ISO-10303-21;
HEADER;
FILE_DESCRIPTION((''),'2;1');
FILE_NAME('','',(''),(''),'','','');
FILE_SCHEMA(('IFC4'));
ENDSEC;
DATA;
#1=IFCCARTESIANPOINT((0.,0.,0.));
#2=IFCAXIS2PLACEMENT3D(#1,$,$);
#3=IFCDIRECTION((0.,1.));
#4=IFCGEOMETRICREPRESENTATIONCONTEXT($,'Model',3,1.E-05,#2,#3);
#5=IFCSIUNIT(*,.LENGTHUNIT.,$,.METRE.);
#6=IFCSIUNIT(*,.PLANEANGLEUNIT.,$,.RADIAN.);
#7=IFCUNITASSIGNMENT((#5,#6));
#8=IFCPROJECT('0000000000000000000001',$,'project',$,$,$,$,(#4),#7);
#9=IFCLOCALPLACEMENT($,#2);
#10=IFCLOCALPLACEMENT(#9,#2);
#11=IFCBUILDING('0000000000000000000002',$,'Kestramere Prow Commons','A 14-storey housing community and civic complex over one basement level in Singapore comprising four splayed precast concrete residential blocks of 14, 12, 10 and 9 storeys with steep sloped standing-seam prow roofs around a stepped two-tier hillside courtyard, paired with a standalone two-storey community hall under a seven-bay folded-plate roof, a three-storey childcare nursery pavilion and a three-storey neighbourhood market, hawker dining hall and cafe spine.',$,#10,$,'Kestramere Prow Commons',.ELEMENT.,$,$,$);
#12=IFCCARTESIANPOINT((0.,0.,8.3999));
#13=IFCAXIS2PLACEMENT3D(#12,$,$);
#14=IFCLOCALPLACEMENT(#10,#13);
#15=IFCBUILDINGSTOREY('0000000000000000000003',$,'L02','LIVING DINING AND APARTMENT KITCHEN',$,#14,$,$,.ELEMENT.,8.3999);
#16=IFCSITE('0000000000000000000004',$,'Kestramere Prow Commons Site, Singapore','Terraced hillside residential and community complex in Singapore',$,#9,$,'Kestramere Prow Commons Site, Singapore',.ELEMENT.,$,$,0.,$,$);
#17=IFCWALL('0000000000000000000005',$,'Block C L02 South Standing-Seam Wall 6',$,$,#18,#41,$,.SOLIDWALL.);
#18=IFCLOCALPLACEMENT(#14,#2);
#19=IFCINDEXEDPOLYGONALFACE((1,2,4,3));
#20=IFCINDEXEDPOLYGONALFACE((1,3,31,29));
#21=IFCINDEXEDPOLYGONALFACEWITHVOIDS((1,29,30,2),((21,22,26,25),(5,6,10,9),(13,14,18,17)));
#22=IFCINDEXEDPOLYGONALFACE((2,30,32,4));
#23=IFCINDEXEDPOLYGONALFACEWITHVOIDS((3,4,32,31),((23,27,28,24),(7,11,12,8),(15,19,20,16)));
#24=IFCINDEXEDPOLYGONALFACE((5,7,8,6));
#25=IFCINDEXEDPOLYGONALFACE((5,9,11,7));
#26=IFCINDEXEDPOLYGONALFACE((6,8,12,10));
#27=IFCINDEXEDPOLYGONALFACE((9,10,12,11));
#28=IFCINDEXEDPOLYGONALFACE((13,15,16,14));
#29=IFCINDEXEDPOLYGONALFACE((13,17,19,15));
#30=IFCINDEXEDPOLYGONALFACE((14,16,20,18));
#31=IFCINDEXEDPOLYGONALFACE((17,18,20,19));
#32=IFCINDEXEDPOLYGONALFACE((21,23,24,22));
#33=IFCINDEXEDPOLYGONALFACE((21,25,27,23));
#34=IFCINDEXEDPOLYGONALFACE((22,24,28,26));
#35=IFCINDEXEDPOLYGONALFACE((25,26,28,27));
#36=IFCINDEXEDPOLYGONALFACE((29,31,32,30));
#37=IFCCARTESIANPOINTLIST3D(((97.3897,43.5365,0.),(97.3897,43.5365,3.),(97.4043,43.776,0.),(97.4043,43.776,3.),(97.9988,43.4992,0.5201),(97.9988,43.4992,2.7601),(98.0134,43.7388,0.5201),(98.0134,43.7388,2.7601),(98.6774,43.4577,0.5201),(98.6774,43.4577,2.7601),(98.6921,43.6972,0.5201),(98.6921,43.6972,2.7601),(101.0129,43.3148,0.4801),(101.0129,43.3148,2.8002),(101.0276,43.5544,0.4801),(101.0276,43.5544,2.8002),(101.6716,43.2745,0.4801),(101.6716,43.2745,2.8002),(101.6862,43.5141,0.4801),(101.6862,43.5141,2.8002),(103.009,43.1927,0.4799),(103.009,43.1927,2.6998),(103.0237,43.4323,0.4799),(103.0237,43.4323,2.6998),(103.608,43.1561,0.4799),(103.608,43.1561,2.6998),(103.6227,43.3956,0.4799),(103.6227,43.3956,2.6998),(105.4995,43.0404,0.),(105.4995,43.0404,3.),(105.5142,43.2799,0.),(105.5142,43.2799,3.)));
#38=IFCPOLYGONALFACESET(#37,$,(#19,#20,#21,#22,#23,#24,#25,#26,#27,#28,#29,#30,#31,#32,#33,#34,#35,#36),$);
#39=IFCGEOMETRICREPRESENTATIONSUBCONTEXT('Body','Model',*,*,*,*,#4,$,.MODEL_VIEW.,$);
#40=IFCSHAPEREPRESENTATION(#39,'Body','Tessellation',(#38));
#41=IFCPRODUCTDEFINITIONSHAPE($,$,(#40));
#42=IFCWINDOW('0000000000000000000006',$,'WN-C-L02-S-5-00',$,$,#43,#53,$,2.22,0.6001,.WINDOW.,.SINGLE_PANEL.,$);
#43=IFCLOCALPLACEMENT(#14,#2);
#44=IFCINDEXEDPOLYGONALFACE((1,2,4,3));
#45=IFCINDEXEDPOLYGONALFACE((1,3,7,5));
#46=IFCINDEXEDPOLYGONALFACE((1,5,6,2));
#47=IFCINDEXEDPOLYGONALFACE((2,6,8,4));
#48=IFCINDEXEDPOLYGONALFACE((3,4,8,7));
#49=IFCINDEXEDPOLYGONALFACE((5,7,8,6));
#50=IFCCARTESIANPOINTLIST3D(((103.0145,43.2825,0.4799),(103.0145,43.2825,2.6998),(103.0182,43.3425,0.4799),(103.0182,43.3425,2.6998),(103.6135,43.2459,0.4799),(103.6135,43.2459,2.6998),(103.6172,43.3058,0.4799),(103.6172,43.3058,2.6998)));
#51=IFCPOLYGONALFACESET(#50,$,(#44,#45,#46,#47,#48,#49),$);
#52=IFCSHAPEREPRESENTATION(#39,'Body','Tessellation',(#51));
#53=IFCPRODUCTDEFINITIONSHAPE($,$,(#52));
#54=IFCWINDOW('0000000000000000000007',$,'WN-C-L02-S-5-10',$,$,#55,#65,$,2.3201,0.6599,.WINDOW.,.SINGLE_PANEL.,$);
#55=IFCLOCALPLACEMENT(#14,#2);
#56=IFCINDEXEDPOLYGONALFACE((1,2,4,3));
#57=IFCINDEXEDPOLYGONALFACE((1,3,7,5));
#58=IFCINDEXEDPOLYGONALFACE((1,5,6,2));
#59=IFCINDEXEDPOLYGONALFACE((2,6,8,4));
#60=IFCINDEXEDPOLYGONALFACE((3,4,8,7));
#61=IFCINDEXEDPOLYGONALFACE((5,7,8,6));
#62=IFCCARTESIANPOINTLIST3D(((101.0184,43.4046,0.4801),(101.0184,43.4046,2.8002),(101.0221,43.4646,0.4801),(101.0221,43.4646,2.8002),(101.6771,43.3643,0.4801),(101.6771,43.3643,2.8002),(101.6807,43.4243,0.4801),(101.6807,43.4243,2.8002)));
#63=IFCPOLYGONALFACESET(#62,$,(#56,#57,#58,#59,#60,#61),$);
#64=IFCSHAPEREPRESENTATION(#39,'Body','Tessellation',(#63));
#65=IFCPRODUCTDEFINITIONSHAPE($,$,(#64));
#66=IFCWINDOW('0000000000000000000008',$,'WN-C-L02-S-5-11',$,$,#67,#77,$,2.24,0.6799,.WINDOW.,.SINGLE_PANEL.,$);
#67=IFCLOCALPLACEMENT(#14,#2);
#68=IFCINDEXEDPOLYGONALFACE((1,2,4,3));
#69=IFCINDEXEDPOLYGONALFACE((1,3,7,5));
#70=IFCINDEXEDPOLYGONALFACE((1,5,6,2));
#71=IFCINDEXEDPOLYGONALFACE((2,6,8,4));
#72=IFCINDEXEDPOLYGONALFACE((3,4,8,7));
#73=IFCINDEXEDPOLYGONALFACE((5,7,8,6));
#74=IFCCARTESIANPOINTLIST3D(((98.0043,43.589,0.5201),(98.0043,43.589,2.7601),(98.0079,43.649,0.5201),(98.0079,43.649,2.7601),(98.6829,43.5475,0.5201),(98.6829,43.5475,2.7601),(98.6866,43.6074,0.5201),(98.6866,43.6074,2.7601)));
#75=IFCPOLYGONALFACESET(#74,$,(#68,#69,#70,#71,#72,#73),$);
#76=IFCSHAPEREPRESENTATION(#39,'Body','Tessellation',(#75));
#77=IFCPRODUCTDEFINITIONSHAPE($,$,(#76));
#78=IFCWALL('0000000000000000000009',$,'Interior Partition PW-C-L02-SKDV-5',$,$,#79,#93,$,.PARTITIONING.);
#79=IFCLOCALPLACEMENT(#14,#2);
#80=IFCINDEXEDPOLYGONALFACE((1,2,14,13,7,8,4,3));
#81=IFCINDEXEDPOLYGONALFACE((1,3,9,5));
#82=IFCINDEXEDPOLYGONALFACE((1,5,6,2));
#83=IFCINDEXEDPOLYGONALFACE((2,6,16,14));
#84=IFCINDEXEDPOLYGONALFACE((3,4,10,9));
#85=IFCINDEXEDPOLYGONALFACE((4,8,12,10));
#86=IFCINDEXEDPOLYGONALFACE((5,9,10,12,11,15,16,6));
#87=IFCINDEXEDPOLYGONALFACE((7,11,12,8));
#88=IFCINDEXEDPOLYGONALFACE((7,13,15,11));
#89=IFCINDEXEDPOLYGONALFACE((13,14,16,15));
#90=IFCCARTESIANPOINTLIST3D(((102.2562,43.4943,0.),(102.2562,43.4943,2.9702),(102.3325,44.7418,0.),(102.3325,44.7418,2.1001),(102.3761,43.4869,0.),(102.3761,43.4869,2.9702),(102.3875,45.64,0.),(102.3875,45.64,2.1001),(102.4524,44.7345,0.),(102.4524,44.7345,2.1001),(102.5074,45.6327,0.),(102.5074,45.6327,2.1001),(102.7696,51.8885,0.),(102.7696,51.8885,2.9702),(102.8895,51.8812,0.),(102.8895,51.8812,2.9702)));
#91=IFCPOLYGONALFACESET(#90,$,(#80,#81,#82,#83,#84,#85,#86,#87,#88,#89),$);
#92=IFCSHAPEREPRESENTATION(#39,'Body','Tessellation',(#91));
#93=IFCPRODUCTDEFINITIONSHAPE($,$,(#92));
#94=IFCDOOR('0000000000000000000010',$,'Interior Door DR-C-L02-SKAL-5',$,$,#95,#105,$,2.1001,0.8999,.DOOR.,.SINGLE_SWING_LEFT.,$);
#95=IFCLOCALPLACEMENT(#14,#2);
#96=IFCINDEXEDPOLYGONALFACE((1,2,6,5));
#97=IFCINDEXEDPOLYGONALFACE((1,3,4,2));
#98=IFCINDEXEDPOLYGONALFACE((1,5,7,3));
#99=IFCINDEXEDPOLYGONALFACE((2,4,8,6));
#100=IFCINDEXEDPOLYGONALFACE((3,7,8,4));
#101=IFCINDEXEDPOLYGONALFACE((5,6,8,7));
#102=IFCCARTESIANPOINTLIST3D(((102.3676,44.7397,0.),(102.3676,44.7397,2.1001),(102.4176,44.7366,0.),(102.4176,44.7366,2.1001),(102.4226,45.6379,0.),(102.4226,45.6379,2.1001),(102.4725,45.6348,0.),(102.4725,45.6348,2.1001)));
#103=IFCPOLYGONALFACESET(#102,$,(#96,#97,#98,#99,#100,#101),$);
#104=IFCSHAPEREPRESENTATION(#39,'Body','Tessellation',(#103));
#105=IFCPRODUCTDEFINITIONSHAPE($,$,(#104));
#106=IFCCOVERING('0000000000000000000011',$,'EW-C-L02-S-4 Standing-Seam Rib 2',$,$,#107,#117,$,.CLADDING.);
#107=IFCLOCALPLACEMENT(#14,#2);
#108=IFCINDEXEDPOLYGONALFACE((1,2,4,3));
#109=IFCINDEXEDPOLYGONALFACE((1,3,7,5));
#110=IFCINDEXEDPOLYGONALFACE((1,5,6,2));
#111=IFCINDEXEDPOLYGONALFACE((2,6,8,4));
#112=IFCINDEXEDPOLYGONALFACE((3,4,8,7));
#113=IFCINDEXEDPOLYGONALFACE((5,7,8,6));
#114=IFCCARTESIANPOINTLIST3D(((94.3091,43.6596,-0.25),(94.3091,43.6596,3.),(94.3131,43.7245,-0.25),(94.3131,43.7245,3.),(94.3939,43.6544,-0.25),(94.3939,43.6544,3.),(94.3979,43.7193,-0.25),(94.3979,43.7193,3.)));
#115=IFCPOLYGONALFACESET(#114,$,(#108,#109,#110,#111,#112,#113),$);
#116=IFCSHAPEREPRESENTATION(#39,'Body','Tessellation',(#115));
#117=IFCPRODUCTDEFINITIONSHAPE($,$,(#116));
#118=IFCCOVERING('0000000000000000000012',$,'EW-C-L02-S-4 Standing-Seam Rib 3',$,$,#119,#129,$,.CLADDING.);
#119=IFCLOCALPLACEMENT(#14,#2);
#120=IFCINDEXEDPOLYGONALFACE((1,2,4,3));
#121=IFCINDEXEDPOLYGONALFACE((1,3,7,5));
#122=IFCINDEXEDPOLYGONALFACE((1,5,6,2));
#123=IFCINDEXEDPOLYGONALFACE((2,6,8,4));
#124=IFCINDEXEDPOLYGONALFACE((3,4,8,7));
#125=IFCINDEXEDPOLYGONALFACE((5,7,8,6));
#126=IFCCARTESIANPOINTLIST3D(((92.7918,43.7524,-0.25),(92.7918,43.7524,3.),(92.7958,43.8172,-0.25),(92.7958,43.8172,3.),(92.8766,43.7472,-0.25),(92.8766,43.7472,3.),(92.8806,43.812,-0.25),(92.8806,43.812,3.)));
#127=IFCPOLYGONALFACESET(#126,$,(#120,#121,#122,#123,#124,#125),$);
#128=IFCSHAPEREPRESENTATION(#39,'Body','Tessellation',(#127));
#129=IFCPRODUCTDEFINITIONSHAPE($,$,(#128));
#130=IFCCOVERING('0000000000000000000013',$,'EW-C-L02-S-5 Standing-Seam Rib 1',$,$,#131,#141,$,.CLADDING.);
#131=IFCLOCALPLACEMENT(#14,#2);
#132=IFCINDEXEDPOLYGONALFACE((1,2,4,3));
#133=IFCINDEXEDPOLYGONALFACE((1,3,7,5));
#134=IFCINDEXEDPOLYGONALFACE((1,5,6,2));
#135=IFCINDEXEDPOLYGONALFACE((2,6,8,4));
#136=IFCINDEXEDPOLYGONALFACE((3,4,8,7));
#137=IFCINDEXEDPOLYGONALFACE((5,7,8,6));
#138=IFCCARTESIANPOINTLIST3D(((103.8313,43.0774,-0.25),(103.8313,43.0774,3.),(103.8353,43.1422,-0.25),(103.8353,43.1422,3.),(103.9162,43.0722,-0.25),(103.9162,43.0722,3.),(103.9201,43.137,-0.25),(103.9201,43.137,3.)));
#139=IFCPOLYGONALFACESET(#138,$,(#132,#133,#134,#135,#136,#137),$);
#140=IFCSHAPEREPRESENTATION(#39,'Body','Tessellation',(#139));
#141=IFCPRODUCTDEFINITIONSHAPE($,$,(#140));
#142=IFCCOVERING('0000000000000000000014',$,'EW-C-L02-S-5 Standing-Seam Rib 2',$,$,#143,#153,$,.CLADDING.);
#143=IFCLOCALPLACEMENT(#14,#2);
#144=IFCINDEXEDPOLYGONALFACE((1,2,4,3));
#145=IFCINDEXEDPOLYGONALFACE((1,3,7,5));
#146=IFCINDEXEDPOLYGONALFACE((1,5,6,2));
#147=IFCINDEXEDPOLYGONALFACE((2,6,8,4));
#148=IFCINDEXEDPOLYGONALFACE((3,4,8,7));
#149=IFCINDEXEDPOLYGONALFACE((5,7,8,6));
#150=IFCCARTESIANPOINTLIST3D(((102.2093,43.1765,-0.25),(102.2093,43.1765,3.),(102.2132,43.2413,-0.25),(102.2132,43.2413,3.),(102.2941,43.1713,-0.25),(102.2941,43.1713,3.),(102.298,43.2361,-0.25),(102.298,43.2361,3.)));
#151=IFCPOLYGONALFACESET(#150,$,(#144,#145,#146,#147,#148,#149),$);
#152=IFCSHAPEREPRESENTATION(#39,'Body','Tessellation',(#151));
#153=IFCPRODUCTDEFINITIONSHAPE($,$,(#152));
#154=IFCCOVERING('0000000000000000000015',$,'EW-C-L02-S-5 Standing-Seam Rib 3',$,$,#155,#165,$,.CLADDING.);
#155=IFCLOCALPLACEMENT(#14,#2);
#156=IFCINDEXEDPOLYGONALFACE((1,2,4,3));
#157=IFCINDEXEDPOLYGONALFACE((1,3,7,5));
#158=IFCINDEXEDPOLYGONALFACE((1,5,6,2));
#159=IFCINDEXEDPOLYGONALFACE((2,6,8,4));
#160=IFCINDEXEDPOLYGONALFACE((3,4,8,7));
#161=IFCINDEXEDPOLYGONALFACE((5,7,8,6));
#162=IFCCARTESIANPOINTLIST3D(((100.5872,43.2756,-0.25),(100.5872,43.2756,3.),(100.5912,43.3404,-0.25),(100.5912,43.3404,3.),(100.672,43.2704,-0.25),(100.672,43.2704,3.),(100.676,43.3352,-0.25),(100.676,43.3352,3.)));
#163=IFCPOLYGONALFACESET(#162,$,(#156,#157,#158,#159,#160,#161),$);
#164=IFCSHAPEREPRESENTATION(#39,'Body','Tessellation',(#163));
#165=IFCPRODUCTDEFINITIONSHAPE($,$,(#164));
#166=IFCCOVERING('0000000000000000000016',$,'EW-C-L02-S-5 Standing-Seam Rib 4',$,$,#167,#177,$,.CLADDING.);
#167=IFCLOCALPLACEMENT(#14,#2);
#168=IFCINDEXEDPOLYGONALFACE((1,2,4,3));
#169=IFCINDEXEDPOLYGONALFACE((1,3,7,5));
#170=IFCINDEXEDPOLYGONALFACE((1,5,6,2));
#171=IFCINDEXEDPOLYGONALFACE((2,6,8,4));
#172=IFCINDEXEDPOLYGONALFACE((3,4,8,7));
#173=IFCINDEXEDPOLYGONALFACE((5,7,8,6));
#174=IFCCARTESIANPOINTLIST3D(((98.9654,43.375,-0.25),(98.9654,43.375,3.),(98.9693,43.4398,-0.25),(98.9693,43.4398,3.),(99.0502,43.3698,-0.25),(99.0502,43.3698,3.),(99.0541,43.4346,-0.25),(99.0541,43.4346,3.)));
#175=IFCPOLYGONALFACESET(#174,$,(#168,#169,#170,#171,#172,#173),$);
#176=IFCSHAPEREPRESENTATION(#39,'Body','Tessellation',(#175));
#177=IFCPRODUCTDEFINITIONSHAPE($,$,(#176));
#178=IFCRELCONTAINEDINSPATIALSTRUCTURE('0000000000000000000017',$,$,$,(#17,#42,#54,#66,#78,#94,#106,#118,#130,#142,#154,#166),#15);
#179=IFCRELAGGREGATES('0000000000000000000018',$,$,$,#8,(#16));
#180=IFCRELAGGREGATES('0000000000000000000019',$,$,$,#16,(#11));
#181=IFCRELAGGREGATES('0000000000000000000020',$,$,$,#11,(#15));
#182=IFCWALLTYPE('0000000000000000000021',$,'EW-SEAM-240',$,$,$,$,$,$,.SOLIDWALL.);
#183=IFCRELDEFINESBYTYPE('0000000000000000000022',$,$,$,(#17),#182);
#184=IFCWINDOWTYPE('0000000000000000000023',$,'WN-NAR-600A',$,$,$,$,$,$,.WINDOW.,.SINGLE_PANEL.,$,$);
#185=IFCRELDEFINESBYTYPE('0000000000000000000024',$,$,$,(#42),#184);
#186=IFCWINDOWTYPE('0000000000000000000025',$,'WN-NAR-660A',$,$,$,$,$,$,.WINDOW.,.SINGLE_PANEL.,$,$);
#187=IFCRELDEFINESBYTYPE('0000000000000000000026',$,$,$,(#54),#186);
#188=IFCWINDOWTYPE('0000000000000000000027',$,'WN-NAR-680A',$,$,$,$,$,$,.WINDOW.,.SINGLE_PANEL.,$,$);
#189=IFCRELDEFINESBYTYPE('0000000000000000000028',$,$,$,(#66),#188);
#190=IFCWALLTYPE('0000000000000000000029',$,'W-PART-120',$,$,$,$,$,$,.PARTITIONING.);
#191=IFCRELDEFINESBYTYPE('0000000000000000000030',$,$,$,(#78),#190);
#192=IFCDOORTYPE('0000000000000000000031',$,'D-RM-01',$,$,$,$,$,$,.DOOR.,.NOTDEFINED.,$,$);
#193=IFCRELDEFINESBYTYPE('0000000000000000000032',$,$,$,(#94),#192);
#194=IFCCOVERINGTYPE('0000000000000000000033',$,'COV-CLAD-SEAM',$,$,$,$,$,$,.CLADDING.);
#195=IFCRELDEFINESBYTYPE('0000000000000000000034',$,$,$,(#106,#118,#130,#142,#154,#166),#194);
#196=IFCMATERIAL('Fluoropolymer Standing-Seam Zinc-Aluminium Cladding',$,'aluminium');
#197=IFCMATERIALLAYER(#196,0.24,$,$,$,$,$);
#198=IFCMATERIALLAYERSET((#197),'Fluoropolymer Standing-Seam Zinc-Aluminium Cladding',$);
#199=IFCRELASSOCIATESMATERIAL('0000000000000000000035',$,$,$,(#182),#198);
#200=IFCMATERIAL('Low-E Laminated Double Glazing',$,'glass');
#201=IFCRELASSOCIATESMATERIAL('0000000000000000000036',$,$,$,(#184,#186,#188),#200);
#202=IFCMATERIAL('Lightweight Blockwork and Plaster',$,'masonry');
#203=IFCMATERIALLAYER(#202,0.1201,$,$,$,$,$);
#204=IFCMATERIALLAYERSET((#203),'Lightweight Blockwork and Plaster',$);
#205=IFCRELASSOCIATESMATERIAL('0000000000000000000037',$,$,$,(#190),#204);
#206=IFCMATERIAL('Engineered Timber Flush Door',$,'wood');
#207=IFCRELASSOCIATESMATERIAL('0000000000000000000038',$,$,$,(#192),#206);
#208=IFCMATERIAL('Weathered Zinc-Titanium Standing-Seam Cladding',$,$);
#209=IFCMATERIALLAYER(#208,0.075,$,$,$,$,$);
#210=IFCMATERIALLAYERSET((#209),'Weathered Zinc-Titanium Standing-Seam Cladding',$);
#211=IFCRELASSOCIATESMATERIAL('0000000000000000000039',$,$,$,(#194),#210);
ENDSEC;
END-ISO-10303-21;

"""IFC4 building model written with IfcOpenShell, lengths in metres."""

from ifc_helpers import new_model, si_unit, direction, frame, frame_2d, origin, origin_2d, place, context, subcontext, project, spatial, rectangle, extrude, material, layer, layer_set, type_object, element, fill, save


model = new_model("IFC4")

# Units and contexts
model_context = context("Model", 3, precision=1e-05, world=origin(), true_north=direction((0.0, 1.0)))
body_context = subcontext(model_context, "Body", "Model", "MODEL_VIEW")
ifc_project = project(units=[si_unit("LENGTHUNIT", "METRE"), si_unit("PLANEANGLEUNIT", "RADIAN")], contexts=[model_context])

# Site, building, storey
site_placement = place(None, origin())
site = spatial("IfcSite", under=ifc_project, at=site_placement, Name="Kestramere Prow Commons Site, Singapore", Description="Terraced hillside residential and community complex in Singapore", LongName="Kestramere Prow Commons Site, Singapore", CompositionType="ELEMENT", RefElevation=0.0)
building_placement = place(site_placement, origin())
building = spatial("IfcBuilding", under=site, at=building_placement, Name="Kestramere Prow Commons", Description="A 14-storey housing community and civic complex over one basement level in Singapore comprising four splayed precast concrete residential blocks of 14, 12, 10 and 9 storeys with steep sloped standing-seam prow roofs around a stepped two-tier hillside courtyard, paired with a standalone two-storey community hall under a seven-bay folded-plate roof, a three-storey childcare nursery pavilion and a three-storey neighbourhood market, hawker dining hall and cafe spine.", LongName="Kestramere Prow Commons", CompositionType="ELEMENT")
storey_placement = place(building_placement, frame((0.0, 0.0, 8.3999)))
storey = spatial("IfcBuildingStorey", under=building, at=storey_placement, Name="L02", Description="LIVING DINING AND APARTMENT KITCHEN", CompositionType="ELEMENT", Elevation=8.3999)

# Shared definitions
ifc_material_1 = material(Name="Low-E Laminated Double Glazing", Category="glass")

# Wall, openings, windows
ifc_material_2 = material(Name="Fluoropolymer Standing-Seam Zinc-Aluminium Cladding", Category="aluminium")
ifc_layer_1 = layer(ifc_material_2, 0.24)
ifc_layer_set_1 = layer_set([ifc_layer_1], Name="Fluoropolymer Standing-Seam Zinc-Aluminium Cladding")
wall_type_1 = type_object("IfcWallType", Name="EW-SEAM-240", PredefinedType="SOLIDWALL", material=ifc_layer_set_1)
wall_1_placement = place(storey_placement, frame((105.5068, 43.1602, 0.0), z_axis=(0.0, 0.0, 1.0), x_axis=(-0.998134, 0.061058, 0.0)))
wall_1 = element("IfcWall", 1, at=wall_1_placement, inside=storey, type_object=wall_type_1, Name="Block C L02 South Standing-Seam Wall 6", PredefinedType="SOLIDWALL", context=body_context, shape_type="SweptSolid", body=[
    extrude(rectangle(XDim=8.125, YDim=0.24, at=frame_2d((4.0625, 0.0))), origin(), (0.0, 0.0, 1.0), 3.0),
])
opening_1_placement = place(wall_1_placement, frame((1.895, 0.0, 0.48)))
opening_1 = element("IfcOpeningElement", 2, at=opening_1_placement, cuts=wall_1, PredefinedType="OPENING", context=body_context, shape_type="SweptSolid", body=[
    extrude(rectangle(XDim=0.6001, YDim=2.22, at=frame_2d((0.3, 1.1099))), frame((0.0, 0.135, 0.0), z_axis=(0.0, -1.0, 0.0), x_axis=(1.0, 0.0, 0.0)), (0.0, 0.0, 1.0), 0.27),
])
opening_2_placement = place(wall_1_placement, frame((3.835, 0.0, 0.48)))
opening_2 = element("IfcOpeningElement", 3, at=opening_2_placement, cuts=wall_1, PredefinedType="OPENING", context=body_context, shape_type="SweptSolid", body=[
    extrude(rectangle(XDim=0.6599, YDim=2.3201, at=frame_2d((0.3301, 1.1602))), frame((0.0, 0.135, 0.0), z_axis=(0.0, -1.0, 0.0), x_axis=(1.0, 0.0, 0.0)), (0.0, 0.0, 1.0), 0.27),
])
opening_3_placement = place(wall_1_placement, frame((6.835, 0.0, 0.52)))
opening_3 = element("IfcOpeningElement", 4, at=opening_3_placement, cuts=wall_1, PredefinedType="OPENING", context=body_context, shape_type="SweptSolid", body=[
    extrude(rectangle(XDim=0.6799, YDim=2.24, at=frame_2d((0.3398, 1.1201))), frame((0.0, 0.135, 0.0), z_axis=(0.0, -1.0, 0.0), x_axis=(1.0, 0.0, 0.0)), (0.0, 0.0, 1.0), 0.27),
])
window_type_1 = type_object("IfcWindowType", Name="WN-NAR-600A", PartitioningType="SINGLE_PANEL", PredefinedType="WINDOW", material=ifc_material_1)
window_1_placement = place(opening_1_placement, origin())
window_1 = element("IfcWindow", 5, at=window_1_placement, inside=storey, type_object=window_type_1, Name="WN-C-L02-S-5-00", OverallHeight=2.22, OverallWidth=0.6001, PartitioningType="SINGLE_PANEL", PredefinedType="WINDOW", context=body_context, shape_type="SweptSolid", body=[
    extrude(rectangle(XDim=0.6001, YDim=2.22, at=frame_2d((0.3, 1.1099))), frame((0.0, 0.03, 0.0), z_axis=(0.0, -1.0, 0.0), x_axis=(1.0, 0.0, 0.0)), (0.0, 0.0, 1.0), 0.0601),
])
fill(opening_1, window_1)
window_type_2 = type_object("IfcWindowType", Name="WN-NAR-660A", PartitioningType="SINGLE_PANEL", PredefinedType="WINDOW", material=ifc_material_1)
window_2_placement = place(opening_2_placement, origin())
window_2 = element("IfcWindow", 6, at=window_2_placement, inside=storey, type_object=window_type_2, Name="WN-C-L02-S-5-10", OverallHeight=2.3201, OverallWidth=0.6599, PartitioningType="SINGLE_PANEL", PredefinedType="WINDOW", context=body_context, shape_type="SweptSolid", body=[
    extrude(rectangle(XDim=0.6599, YDim=2.3201, at=frame_2d((0.3301, 1.1602))), frame((0.0, 0.03, 0.0), z_axis=(0.0, -1.0, 0.0), x_axis=(1.0, 0.0, 0.0)), (0.0, 0.0, 1.0), 0.0601),
])
fill(opening_2, window_2)
window_type_3 = type_object("IfcWindowType", Name="WN-NAR-680A", PartitioningType="SINGLE_PANEL", PredefinedType="WINDOW", material=ifc_material_1)
window_3_placement = place(opening_3_placement, origin())
window_3 = element("IfcWindow", 7, at=window_3_placement, inside=storey, type_object=window_type_3, Name="WN-C-L02-S-5-11", OverallHeight=2.24, OverallWidth=0.6799, PartitioningType="SINGLE_PANEL", PredefinedType="WINDOW", context=body_context, shape_type="SweptSolid", body=[
    extrude(rectangle(XDim=0.6799, YDim=2.24, at=frame_2d((0.3398, 1.1201))), frame((0.0, 0.03, 0.0), z_axis=(0.0, -1.0, 0.0), x_axis=(1.0, 0.0, 0.0)), (0.0, 0.0, 1.0), 0.0601),
])
fill(opening_3, window_3)

# Wall, opening, door
ifc_material_3 = material(Name="Lightweight Blockwork and Plaster", Category="masonry")
ifc_layer_2 = layer(ifc_material_3, 0.1201)
ifc_layer_set_2 = layer_set([ifc_layer_2], Name="Lightweight Blockwork and Plaster")
wall_type_2 = type_object("IfcWallType", Name="W-PART-120", PredefinedType="PARTITIONING", material=ifc_layer_set_2)
wall_2_placement = place(storey_placement, frame((102.3162, 43.4905, 0.0), z_axis=(0.0, 0.0, 1.0), x_axis=(0.06105, 0.998135, 0.0)))
wall_2 = element("IfcWall", 8, at=wall_2_placement, inside=storey, type_object=wall_type_2, Name="Interior Partition PW-C-L02-SKDV-5", PredefinedType="PARTITIONING", context=body_context, shape_type="SweptSolid", body=[
    extrude(rectangle(XDim=8.4099, YDim=0.1201, at=frame_2d((4.2051, 0.0))), origin(), (0.0, 0.0, 1.0), 2.9702),
])
opening_4_placement = place(wall_2_placement, frame((1.25, 0.0, 0.0)))
opening_4 = element("IfcOpeningElement", 9, at=opening_4_placement, cuts=wall_2, PredefinedType="OPENING", context=body_context, shape_type="SweptSolid", body=[
    extrude(rectangle(XDim=0.8999, YDim=2.1001, at=frame_2d((0.45, 1.05))), frame((0.0, 0.075, 0.0), z_axis=(0.0, -1.0, 0.0), x_axis=(1.0, 0.0, 0.0)), (0.0, 0.0, 1.0), 0.1501),
])
ifc_material_4 = material(Name="Engineered Timber Flush Door", Category="wood")
door_type = type_object("IfcDoorType", Name="D-RM-01", OperationType="NOTDEFINED", PredefinedType="DOOR", material=ifc_material_4)
door_placement = place(opening_4_placement, origin())
door = element("IfcDoor", 10, at=door_placement, inside=storey, type_object=door_type, Name="Interior Door DR-C-L02-SKAL-5", OperationType="SINGLE_SWING_LEFT", OverallHeight=2.1001, OverallWidth=0.8999, PredefinedType="DOOR", context=body_context, shape_type="SweptSolid", body=[
    extrude(rectangle(XDim=0.8999, YDim=2.1001, at=frame_2d((0.45, 1.05))), frame((0.0, 0.0249, 0.0), z_axis=(0.0, -1.0, 0.0), x_axis=(1.0, 0.0, 0.0)), (0.0, 0.0, 1.0), 0.05),
])
fill(opening_4, door)

# Coverings
ifc_material_5 = material(Name="Weathered Zinc-Titanium Standing-Seam Cladding")
ifc_layer_3 = layer(ifc_material_5, 0.075)
ifc_layer_set_3 = layer_set([ifc_layer_3], Name="Weathered Zinc-Titanium Standing-Seam Cladding")
covering_type = type_object("IfcCoveringType", Name="COV-CLAD-SEAM", PredefinedType="CLADDING", material=ifc_layer_set_3)
for number, where, z_axis, x_axis, name in (
    (11, (94.3535, 43.6895, -0.25), (0.0, 0.0, 1.0), (-0.998135, 0.061049, 0.0), "EW-C-L02-S-4 Standing-Seam Rib 2"),
    (12, (92.8362, 43.7822, -0.25), (0.0, 0.0, 1.0), (-0.998135, 0.061049, 0.0), "EW-C-L02-S-4 Standing-Seam Rib 3"),
    (13, (103.8757, 43.1072, -0.25), (0.0, 0.0, 1.0), (-0.998135, 0.061049, 0.0), "EW-C-L02-S-5 Standing-Seam Rib 1"),
    (14, (102.2537, 43.2063, -0.25), (0.0, 0.0, 1.0), (-0.998135, 0.061049, 0.0), "EW-C-L02-S-5 Standing-Seam Rib 2"),
    (15, (100.6316, 43.3054, -0.25), (0.0, 0.0, 1.0), (-0.998135, 0.061049, 0.0), "EW-C-L02-S-5 Standing-Seam Rib 3"),
    (16, (99.0098, 43.4048, -0.25), (0.0, 0.0, 1.0), (-0.998135, 0.061049, 0.0), "EW-C-L02-S-5 Standing-Seam Rib 4"),
):
    element("IfcCovering", number, at=place(storey_placement, frame(where, z_axis=z_axis, x_axis=x_axis)), inside=storey, type_object=covering_type, Name=name, PredefinedType="CLADDING", context=body_context, shape_type="SweptSolid", body=[
        extrude(rectangle(XDim=0.085, YDim=0.0649, at=origin_2d()), origin(), (0.0, 0.0, 1.0), 3.25),
    ])

save(model, "model.ifc")
